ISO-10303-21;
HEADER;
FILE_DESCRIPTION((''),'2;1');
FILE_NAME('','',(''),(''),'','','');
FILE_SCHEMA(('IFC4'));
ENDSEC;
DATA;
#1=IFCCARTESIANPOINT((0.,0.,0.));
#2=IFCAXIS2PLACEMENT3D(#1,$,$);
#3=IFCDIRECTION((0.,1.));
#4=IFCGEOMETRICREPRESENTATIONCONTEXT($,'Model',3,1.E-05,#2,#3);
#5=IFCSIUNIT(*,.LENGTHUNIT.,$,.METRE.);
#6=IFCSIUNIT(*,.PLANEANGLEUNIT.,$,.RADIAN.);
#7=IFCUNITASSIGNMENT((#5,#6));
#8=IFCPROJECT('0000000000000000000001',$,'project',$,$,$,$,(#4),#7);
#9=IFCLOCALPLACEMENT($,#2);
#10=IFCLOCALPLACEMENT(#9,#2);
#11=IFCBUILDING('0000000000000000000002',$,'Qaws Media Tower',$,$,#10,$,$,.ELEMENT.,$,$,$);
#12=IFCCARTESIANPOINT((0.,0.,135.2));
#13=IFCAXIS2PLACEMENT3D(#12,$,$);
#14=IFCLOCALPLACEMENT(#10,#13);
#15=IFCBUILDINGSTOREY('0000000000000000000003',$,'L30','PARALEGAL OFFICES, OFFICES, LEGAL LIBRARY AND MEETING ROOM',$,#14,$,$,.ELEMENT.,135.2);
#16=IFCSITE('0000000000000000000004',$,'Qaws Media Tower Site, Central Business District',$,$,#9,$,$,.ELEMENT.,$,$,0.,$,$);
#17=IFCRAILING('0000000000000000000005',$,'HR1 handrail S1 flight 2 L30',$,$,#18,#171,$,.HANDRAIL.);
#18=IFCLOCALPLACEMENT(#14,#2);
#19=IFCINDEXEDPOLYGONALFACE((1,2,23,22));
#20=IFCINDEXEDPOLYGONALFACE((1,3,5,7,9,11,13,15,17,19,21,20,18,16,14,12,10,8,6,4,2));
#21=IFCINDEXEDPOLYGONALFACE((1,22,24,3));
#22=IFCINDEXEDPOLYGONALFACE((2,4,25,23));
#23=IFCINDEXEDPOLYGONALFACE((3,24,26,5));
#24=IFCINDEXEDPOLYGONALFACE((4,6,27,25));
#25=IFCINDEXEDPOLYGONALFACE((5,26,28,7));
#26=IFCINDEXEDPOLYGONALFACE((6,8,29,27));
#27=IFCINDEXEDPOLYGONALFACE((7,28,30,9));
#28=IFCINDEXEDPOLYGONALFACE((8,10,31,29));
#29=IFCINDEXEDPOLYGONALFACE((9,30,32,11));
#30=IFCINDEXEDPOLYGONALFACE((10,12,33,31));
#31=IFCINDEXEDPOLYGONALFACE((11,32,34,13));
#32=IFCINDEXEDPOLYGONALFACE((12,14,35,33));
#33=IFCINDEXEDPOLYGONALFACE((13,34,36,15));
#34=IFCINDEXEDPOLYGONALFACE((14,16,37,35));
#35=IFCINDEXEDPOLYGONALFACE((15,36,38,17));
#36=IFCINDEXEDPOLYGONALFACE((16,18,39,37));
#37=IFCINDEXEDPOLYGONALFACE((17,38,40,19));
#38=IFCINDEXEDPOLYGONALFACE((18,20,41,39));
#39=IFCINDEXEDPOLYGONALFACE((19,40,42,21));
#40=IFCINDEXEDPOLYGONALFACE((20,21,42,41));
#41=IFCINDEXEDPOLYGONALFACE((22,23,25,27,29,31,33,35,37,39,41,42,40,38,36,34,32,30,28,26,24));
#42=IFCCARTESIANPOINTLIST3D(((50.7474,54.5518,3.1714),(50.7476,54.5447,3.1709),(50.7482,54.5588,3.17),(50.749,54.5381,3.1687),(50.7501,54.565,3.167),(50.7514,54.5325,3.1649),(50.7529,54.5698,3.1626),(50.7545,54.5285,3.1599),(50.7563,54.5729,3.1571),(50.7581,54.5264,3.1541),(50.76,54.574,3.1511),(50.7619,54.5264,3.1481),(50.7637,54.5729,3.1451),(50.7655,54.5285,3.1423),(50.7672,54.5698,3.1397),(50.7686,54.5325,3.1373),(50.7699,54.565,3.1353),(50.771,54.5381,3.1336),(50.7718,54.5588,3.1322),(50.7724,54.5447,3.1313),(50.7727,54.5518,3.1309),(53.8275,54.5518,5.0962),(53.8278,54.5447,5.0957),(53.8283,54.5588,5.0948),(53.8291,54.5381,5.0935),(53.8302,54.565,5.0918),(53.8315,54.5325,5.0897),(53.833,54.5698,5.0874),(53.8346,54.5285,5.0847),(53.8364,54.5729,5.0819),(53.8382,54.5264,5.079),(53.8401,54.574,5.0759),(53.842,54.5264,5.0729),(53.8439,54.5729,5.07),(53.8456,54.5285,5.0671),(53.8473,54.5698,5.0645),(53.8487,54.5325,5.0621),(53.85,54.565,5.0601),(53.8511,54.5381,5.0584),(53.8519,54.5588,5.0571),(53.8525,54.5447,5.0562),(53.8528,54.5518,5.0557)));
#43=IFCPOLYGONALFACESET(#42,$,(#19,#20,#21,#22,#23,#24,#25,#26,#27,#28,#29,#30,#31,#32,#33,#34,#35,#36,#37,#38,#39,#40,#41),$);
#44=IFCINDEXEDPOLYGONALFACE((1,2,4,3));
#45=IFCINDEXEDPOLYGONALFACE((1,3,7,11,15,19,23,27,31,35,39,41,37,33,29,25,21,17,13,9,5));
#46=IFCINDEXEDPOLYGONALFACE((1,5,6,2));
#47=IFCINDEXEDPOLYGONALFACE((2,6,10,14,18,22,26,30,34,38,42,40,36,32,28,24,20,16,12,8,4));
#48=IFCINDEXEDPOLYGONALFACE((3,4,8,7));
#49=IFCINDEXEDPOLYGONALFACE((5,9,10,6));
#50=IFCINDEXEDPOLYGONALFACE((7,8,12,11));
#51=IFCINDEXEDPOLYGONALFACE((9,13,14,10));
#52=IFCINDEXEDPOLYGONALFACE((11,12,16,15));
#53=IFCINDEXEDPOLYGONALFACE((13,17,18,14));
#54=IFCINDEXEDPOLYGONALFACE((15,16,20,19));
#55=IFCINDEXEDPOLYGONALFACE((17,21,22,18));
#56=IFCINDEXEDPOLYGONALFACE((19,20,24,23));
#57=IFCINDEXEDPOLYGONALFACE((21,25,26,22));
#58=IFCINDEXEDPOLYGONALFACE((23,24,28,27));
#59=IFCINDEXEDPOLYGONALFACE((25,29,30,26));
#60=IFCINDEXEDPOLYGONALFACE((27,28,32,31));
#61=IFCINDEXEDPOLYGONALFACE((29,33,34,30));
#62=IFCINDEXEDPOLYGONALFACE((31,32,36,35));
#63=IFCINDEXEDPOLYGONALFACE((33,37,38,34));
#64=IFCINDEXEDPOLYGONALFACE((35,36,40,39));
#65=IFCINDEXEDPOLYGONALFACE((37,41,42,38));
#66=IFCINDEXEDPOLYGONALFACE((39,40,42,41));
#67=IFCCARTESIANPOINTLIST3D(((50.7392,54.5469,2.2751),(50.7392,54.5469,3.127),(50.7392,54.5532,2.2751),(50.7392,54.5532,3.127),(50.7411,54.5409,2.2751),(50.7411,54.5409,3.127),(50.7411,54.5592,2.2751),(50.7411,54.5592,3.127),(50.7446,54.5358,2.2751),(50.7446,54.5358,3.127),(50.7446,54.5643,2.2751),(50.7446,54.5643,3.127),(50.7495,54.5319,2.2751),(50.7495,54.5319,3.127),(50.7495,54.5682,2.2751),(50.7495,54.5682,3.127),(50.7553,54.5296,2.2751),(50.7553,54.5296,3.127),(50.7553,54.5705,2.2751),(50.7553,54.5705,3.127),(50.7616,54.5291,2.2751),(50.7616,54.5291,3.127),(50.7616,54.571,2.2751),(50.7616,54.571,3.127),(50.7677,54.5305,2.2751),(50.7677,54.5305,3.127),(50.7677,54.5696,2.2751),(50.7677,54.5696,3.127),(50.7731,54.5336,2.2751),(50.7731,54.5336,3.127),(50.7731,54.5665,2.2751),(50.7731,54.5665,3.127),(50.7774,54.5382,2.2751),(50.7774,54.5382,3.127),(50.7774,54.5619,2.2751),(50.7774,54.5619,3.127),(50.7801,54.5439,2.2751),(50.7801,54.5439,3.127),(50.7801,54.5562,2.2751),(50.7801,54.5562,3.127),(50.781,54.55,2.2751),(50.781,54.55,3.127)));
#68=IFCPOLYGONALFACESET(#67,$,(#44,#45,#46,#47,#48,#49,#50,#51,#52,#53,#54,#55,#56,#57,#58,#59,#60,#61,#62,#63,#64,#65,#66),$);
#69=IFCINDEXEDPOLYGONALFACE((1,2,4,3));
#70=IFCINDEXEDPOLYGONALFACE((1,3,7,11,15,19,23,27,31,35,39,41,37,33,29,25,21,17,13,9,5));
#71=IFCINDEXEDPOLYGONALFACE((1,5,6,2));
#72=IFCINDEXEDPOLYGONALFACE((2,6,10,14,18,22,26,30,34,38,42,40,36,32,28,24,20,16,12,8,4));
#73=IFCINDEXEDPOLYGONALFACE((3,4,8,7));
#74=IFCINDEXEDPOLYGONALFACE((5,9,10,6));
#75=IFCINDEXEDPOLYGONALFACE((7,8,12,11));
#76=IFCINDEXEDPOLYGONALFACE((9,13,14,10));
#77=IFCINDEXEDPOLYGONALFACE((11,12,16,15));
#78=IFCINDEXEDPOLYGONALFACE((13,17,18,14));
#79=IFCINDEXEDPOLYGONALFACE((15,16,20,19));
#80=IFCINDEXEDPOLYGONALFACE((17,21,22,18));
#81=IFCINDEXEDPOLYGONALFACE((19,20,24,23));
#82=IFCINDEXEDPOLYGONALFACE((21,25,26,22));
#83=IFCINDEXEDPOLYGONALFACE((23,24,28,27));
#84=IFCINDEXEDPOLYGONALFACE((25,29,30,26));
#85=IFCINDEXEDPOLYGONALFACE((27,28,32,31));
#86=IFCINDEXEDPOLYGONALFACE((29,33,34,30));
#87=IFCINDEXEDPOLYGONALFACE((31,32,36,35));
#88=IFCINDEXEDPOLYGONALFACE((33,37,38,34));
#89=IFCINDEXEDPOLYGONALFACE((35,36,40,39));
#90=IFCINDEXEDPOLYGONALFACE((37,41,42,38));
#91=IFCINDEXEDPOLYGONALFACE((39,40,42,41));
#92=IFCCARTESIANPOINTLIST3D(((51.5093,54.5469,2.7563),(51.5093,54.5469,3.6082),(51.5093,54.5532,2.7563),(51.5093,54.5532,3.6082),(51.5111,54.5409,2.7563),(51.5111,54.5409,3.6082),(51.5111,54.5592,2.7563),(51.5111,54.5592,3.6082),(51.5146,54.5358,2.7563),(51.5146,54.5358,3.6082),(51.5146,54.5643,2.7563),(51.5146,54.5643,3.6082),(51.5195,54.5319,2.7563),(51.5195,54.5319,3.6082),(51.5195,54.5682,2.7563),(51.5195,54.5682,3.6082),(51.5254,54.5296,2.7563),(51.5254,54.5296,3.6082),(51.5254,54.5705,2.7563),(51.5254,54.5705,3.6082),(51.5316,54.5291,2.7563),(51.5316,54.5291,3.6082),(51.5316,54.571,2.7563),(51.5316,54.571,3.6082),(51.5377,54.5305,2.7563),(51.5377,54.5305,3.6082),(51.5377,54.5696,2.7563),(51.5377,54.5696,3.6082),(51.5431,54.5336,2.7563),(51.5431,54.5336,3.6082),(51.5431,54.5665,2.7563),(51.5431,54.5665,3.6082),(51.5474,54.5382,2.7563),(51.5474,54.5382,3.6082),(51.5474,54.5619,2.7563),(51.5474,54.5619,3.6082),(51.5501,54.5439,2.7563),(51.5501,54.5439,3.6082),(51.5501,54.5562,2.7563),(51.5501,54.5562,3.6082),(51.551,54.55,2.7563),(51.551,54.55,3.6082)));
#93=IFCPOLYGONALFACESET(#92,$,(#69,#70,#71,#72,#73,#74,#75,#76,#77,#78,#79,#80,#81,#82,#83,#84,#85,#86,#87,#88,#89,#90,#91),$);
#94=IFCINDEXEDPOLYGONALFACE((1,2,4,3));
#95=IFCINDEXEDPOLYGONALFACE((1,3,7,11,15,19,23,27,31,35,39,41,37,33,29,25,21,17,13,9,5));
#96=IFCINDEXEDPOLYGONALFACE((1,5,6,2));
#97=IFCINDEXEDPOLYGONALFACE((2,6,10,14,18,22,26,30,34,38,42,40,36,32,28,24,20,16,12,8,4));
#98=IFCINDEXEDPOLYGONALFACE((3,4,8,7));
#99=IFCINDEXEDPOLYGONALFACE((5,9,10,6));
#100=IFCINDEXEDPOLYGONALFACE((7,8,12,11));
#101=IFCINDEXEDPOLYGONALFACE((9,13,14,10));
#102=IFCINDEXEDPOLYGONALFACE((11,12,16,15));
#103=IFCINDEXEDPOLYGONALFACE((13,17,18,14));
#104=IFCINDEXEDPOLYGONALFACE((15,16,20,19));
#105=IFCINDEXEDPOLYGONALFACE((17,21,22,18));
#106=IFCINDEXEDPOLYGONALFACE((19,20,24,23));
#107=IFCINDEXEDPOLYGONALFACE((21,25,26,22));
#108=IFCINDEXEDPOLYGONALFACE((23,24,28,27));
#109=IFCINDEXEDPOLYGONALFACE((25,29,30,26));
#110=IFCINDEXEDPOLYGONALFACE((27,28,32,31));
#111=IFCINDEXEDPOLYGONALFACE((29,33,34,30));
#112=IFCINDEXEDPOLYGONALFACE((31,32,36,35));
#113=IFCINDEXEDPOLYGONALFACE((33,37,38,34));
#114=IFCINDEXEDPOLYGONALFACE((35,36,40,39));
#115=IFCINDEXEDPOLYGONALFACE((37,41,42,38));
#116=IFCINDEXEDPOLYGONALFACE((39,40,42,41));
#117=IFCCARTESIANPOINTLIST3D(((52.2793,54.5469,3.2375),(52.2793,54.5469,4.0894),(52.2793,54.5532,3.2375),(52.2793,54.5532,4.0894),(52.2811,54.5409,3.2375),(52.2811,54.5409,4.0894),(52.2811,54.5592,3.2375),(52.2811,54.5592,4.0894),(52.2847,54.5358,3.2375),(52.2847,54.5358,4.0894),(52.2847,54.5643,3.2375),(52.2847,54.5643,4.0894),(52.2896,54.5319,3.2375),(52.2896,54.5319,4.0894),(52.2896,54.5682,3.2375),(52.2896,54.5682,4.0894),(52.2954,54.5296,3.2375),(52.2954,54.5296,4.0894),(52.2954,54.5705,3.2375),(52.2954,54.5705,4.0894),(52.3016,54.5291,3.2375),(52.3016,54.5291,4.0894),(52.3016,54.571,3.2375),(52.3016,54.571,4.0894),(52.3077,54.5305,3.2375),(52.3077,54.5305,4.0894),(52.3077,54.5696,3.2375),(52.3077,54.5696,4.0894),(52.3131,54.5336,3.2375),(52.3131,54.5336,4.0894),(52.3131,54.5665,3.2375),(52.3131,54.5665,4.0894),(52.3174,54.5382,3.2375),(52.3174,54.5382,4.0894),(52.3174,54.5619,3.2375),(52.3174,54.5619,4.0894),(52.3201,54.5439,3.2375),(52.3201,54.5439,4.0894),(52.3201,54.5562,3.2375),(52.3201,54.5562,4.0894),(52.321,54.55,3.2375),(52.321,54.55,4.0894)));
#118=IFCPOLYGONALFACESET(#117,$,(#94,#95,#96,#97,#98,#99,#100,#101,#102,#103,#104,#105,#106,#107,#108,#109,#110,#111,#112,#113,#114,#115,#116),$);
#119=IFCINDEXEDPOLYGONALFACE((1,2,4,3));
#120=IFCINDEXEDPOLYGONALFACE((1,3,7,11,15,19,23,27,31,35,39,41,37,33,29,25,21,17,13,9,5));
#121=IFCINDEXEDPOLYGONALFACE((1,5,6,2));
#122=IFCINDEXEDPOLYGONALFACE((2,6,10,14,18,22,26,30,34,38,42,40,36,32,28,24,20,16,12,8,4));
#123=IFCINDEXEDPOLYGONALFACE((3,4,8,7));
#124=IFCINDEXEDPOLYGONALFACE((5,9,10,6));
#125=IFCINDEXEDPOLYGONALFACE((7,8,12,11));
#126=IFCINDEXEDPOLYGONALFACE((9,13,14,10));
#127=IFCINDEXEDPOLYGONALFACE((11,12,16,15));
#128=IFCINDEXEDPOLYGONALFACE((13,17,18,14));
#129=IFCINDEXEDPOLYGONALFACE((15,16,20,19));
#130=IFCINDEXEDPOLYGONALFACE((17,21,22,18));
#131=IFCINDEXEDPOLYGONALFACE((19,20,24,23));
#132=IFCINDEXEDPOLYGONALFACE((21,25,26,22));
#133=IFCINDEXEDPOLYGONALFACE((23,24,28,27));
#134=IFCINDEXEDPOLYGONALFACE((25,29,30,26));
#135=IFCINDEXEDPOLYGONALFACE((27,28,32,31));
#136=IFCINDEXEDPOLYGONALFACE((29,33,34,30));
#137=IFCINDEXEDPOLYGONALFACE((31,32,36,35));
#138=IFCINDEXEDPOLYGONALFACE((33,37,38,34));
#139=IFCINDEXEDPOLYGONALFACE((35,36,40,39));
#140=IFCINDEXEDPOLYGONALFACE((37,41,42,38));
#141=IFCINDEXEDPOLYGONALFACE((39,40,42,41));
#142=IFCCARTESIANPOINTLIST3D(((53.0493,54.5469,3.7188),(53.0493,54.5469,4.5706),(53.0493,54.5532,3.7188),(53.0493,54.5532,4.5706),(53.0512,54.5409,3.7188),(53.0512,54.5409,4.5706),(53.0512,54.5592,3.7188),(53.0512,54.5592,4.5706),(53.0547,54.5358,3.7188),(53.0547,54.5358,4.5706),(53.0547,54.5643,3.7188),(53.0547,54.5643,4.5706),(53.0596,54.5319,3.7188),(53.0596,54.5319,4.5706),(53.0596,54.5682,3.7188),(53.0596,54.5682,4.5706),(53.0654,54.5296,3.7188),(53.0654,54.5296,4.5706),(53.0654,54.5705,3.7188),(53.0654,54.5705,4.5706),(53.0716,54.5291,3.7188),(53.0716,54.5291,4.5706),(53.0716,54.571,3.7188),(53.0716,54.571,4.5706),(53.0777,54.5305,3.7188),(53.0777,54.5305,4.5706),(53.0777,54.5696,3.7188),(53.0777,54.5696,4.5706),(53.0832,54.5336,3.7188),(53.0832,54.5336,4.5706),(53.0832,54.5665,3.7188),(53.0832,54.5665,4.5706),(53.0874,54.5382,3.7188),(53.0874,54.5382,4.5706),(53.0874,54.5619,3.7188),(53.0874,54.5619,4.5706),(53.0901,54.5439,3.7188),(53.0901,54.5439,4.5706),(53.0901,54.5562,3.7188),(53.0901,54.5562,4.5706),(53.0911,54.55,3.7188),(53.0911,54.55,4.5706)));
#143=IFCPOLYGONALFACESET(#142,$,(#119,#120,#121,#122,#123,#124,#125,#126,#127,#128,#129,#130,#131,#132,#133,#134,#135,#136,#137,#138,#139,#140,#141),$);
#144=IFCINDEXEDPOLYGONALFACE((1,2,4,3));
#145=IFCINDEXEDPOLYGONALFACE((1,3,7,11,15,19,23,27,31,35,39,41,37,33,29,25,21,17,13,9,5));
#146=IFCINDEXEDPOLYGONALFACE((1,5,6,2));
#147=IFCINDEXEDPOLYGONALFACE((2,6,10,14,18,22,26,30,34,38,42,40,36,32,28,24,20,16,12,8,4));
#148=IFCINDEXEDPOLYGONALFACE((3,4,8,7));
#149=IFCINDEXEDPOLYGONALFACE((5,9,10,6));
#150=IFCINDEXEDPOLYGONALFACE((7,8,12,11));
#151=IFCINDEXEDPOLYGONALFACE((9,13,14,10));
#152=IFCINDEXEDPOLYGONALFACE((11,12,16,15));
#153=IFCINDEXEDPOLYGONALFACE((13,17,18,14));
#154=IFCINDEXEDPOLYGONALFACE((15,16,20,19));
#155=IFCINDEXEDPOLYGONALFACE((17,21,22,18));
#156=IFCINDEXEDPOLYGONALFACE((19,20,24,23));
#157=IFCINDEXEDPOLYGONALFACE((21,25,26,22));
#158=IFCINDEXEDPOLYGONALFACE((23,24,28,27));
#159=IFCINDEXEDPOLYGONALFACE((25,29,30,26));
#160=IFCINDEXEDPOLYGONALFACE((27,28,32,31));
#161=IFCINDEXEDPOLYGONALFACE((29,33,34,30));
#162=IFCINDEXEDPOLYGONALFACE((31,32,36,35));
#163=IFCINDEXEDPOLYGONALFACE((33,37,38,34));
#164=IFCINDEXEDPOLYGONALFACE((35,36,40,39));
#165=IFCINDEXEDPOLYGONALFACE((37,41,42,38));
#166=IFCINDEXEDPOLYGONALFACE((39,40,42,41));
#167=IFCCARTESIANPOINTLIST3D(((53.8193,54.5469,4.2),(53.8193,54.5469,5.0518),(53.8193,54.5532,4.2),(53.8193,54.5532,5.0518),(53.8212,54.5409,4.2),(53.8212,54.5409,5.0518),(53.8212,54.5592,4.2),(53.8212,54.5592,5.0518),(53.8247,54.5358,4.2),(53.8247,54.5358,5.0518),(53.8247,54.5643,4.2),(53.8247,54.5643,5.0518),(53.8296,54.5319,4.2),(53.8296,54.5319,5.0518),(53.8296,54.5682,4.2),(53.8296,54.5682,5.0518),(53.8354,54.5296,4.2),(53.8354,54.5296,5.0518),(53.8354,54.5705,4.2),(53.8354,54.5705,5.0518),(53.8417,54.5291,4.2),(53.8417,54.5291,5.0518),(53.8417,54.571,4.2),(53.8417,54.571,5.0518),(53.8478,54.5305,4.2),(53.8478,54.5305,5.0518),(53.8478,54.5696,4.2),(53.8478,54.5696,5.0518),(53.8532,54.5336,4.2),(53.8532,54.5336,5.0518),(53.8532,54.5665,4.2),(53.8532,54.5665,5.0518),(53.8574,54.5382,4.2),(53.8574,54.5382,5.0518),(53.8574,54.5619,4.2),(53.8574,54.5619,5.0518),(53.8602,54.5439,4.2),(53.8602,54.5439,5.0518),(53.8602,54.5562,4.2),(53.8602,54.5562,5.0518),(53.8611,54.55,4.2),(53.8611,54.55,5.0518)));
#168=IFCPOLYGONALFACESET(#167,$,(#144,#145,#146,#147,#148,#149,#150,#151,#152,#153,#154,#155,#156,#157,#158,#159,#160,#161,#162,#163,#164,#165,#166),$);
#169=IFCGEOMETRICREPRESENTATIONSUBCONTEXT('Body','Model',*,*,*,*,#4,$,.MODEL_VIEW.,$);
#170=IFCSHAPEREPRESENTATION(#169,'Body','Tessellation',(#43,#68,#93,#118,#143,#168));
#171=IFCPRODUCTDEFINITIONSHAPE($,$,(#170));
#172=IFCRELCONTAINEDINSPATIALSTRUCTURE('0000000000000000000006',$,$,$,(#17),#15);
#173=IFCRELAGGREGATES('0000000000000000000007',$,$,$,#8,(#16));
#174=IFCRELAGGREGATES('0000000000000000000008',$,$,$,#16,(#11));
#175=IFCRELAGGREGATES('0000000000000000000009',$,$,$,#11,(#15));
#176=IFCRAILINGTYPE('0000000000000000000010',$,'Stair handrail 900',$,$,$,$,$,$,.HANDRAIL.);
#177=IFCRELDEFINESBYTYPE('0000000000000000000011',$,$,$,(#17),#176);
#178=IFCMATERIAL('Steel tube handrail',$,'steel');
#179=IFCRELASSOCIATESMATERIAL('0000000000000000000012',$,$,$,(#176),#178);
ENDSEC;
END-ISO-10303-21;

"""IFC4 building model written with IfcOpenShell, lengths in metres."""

from ifc_helpers import new_model, si_unit, direction, frame, origin, origin_2d, place, context, subcontext, project, spatial, circle, extrude, material, type_object, element, save


model = new_model("IFC4")

# Units and contexts
model_context = context("Model", 3, precision=1e-05, world=origin(), true_north=direction((0.0, 1.0)))
body_context = subcontext(model_context, "Body", "Model", "MODEL_VIEW")
ifc_project = project(units=[si_unit("LENGTHUNIT", "METRE"), si_unit("PLANEANGLEUNIT", "RADIAN")], contexts=[model_context])

# Site, building, storey
site_placement = place(None, origin())
site = spatial("IfcSite", under=ifc_project, at=site_placement, Name="Qaws Media Tower Site, Central Business District", CompositionType="ELEMENT", RefElevation=0.0)
building_placement = place(site_placement, origin())
building = spatial("IfcBuilding", under=site, at=building_placement, Name="Qaws Media Tower", CompositionType="ELEMENT")
storey_placement = place(building_placement, frame((0.0, 0.0, 135.2)))
storey = spatial("IfcBuildingStorey", under=building, at=storey_placement, Name="L30", Description="PARALEGAL OFFICES, OFFICES, LEGAL LIBRARY AND MEETING ROOM", CompositionType="ELEMENT", Elevation=135.2)

# Railing
ifc_material_1 = material(Name="Steel tube handrail", Category="steel")
railing_type = type_object("IfcRailingType", Name="Stair handrail 900", PredefinedType="HANDRAIL", material=ifc_material_1)
for number, where, name in (
    (1, (50.76, 54.55, 2.2751), "HR1 handrail S1 flight 2 L30"),
):
    element("IfcRailing", number, at=place(storey_placement, frame(where)), inside=storey, type_object=railing_type, Name=name, PredefinedType="HANDRAIL", context=body_context, shape_type="SweptSolid", body=[
        extrude(circle(Radius=0.0239, at=origin_2d()), frame((0.0, 0.0, 0.876), z_axis=(0.848029, 0.0, 0.529951), x_axis=(0.0, 1.0, 0.0)), (0.0, 0.0, 1.0), 3.6321),
        extrude(circle(Radius=0.021, at=origin_2d()), origin(), (0.0, 0.0, 1.0), 0.8518),
        extrude(circle(Radius=0.021, at=origin_2d()), frame((0.77, 0.0, 0.4812)), (0.0, 0.0, 1.0), 0.8518),
        extrude(circle(Radius=0.021, at=origin_2d()), frame((1.54, 0.0, 0.9624)), (0.0, 0.0, 1.0), 0.8518),
        extrude(circle(Radius=0.021, at=origin_2d()), frame((2.3101, 0.0, 1.4436)), (0.0, 0.0, 1.0), 0.8518),
        extrude(circle(Radius=0.021, at=origin_2d()), frame((3.0801, 0.0, 1.9248)), (0.0, 0.0, 1.0), 0.8518),
    ])

save(model, "model.ifc")
